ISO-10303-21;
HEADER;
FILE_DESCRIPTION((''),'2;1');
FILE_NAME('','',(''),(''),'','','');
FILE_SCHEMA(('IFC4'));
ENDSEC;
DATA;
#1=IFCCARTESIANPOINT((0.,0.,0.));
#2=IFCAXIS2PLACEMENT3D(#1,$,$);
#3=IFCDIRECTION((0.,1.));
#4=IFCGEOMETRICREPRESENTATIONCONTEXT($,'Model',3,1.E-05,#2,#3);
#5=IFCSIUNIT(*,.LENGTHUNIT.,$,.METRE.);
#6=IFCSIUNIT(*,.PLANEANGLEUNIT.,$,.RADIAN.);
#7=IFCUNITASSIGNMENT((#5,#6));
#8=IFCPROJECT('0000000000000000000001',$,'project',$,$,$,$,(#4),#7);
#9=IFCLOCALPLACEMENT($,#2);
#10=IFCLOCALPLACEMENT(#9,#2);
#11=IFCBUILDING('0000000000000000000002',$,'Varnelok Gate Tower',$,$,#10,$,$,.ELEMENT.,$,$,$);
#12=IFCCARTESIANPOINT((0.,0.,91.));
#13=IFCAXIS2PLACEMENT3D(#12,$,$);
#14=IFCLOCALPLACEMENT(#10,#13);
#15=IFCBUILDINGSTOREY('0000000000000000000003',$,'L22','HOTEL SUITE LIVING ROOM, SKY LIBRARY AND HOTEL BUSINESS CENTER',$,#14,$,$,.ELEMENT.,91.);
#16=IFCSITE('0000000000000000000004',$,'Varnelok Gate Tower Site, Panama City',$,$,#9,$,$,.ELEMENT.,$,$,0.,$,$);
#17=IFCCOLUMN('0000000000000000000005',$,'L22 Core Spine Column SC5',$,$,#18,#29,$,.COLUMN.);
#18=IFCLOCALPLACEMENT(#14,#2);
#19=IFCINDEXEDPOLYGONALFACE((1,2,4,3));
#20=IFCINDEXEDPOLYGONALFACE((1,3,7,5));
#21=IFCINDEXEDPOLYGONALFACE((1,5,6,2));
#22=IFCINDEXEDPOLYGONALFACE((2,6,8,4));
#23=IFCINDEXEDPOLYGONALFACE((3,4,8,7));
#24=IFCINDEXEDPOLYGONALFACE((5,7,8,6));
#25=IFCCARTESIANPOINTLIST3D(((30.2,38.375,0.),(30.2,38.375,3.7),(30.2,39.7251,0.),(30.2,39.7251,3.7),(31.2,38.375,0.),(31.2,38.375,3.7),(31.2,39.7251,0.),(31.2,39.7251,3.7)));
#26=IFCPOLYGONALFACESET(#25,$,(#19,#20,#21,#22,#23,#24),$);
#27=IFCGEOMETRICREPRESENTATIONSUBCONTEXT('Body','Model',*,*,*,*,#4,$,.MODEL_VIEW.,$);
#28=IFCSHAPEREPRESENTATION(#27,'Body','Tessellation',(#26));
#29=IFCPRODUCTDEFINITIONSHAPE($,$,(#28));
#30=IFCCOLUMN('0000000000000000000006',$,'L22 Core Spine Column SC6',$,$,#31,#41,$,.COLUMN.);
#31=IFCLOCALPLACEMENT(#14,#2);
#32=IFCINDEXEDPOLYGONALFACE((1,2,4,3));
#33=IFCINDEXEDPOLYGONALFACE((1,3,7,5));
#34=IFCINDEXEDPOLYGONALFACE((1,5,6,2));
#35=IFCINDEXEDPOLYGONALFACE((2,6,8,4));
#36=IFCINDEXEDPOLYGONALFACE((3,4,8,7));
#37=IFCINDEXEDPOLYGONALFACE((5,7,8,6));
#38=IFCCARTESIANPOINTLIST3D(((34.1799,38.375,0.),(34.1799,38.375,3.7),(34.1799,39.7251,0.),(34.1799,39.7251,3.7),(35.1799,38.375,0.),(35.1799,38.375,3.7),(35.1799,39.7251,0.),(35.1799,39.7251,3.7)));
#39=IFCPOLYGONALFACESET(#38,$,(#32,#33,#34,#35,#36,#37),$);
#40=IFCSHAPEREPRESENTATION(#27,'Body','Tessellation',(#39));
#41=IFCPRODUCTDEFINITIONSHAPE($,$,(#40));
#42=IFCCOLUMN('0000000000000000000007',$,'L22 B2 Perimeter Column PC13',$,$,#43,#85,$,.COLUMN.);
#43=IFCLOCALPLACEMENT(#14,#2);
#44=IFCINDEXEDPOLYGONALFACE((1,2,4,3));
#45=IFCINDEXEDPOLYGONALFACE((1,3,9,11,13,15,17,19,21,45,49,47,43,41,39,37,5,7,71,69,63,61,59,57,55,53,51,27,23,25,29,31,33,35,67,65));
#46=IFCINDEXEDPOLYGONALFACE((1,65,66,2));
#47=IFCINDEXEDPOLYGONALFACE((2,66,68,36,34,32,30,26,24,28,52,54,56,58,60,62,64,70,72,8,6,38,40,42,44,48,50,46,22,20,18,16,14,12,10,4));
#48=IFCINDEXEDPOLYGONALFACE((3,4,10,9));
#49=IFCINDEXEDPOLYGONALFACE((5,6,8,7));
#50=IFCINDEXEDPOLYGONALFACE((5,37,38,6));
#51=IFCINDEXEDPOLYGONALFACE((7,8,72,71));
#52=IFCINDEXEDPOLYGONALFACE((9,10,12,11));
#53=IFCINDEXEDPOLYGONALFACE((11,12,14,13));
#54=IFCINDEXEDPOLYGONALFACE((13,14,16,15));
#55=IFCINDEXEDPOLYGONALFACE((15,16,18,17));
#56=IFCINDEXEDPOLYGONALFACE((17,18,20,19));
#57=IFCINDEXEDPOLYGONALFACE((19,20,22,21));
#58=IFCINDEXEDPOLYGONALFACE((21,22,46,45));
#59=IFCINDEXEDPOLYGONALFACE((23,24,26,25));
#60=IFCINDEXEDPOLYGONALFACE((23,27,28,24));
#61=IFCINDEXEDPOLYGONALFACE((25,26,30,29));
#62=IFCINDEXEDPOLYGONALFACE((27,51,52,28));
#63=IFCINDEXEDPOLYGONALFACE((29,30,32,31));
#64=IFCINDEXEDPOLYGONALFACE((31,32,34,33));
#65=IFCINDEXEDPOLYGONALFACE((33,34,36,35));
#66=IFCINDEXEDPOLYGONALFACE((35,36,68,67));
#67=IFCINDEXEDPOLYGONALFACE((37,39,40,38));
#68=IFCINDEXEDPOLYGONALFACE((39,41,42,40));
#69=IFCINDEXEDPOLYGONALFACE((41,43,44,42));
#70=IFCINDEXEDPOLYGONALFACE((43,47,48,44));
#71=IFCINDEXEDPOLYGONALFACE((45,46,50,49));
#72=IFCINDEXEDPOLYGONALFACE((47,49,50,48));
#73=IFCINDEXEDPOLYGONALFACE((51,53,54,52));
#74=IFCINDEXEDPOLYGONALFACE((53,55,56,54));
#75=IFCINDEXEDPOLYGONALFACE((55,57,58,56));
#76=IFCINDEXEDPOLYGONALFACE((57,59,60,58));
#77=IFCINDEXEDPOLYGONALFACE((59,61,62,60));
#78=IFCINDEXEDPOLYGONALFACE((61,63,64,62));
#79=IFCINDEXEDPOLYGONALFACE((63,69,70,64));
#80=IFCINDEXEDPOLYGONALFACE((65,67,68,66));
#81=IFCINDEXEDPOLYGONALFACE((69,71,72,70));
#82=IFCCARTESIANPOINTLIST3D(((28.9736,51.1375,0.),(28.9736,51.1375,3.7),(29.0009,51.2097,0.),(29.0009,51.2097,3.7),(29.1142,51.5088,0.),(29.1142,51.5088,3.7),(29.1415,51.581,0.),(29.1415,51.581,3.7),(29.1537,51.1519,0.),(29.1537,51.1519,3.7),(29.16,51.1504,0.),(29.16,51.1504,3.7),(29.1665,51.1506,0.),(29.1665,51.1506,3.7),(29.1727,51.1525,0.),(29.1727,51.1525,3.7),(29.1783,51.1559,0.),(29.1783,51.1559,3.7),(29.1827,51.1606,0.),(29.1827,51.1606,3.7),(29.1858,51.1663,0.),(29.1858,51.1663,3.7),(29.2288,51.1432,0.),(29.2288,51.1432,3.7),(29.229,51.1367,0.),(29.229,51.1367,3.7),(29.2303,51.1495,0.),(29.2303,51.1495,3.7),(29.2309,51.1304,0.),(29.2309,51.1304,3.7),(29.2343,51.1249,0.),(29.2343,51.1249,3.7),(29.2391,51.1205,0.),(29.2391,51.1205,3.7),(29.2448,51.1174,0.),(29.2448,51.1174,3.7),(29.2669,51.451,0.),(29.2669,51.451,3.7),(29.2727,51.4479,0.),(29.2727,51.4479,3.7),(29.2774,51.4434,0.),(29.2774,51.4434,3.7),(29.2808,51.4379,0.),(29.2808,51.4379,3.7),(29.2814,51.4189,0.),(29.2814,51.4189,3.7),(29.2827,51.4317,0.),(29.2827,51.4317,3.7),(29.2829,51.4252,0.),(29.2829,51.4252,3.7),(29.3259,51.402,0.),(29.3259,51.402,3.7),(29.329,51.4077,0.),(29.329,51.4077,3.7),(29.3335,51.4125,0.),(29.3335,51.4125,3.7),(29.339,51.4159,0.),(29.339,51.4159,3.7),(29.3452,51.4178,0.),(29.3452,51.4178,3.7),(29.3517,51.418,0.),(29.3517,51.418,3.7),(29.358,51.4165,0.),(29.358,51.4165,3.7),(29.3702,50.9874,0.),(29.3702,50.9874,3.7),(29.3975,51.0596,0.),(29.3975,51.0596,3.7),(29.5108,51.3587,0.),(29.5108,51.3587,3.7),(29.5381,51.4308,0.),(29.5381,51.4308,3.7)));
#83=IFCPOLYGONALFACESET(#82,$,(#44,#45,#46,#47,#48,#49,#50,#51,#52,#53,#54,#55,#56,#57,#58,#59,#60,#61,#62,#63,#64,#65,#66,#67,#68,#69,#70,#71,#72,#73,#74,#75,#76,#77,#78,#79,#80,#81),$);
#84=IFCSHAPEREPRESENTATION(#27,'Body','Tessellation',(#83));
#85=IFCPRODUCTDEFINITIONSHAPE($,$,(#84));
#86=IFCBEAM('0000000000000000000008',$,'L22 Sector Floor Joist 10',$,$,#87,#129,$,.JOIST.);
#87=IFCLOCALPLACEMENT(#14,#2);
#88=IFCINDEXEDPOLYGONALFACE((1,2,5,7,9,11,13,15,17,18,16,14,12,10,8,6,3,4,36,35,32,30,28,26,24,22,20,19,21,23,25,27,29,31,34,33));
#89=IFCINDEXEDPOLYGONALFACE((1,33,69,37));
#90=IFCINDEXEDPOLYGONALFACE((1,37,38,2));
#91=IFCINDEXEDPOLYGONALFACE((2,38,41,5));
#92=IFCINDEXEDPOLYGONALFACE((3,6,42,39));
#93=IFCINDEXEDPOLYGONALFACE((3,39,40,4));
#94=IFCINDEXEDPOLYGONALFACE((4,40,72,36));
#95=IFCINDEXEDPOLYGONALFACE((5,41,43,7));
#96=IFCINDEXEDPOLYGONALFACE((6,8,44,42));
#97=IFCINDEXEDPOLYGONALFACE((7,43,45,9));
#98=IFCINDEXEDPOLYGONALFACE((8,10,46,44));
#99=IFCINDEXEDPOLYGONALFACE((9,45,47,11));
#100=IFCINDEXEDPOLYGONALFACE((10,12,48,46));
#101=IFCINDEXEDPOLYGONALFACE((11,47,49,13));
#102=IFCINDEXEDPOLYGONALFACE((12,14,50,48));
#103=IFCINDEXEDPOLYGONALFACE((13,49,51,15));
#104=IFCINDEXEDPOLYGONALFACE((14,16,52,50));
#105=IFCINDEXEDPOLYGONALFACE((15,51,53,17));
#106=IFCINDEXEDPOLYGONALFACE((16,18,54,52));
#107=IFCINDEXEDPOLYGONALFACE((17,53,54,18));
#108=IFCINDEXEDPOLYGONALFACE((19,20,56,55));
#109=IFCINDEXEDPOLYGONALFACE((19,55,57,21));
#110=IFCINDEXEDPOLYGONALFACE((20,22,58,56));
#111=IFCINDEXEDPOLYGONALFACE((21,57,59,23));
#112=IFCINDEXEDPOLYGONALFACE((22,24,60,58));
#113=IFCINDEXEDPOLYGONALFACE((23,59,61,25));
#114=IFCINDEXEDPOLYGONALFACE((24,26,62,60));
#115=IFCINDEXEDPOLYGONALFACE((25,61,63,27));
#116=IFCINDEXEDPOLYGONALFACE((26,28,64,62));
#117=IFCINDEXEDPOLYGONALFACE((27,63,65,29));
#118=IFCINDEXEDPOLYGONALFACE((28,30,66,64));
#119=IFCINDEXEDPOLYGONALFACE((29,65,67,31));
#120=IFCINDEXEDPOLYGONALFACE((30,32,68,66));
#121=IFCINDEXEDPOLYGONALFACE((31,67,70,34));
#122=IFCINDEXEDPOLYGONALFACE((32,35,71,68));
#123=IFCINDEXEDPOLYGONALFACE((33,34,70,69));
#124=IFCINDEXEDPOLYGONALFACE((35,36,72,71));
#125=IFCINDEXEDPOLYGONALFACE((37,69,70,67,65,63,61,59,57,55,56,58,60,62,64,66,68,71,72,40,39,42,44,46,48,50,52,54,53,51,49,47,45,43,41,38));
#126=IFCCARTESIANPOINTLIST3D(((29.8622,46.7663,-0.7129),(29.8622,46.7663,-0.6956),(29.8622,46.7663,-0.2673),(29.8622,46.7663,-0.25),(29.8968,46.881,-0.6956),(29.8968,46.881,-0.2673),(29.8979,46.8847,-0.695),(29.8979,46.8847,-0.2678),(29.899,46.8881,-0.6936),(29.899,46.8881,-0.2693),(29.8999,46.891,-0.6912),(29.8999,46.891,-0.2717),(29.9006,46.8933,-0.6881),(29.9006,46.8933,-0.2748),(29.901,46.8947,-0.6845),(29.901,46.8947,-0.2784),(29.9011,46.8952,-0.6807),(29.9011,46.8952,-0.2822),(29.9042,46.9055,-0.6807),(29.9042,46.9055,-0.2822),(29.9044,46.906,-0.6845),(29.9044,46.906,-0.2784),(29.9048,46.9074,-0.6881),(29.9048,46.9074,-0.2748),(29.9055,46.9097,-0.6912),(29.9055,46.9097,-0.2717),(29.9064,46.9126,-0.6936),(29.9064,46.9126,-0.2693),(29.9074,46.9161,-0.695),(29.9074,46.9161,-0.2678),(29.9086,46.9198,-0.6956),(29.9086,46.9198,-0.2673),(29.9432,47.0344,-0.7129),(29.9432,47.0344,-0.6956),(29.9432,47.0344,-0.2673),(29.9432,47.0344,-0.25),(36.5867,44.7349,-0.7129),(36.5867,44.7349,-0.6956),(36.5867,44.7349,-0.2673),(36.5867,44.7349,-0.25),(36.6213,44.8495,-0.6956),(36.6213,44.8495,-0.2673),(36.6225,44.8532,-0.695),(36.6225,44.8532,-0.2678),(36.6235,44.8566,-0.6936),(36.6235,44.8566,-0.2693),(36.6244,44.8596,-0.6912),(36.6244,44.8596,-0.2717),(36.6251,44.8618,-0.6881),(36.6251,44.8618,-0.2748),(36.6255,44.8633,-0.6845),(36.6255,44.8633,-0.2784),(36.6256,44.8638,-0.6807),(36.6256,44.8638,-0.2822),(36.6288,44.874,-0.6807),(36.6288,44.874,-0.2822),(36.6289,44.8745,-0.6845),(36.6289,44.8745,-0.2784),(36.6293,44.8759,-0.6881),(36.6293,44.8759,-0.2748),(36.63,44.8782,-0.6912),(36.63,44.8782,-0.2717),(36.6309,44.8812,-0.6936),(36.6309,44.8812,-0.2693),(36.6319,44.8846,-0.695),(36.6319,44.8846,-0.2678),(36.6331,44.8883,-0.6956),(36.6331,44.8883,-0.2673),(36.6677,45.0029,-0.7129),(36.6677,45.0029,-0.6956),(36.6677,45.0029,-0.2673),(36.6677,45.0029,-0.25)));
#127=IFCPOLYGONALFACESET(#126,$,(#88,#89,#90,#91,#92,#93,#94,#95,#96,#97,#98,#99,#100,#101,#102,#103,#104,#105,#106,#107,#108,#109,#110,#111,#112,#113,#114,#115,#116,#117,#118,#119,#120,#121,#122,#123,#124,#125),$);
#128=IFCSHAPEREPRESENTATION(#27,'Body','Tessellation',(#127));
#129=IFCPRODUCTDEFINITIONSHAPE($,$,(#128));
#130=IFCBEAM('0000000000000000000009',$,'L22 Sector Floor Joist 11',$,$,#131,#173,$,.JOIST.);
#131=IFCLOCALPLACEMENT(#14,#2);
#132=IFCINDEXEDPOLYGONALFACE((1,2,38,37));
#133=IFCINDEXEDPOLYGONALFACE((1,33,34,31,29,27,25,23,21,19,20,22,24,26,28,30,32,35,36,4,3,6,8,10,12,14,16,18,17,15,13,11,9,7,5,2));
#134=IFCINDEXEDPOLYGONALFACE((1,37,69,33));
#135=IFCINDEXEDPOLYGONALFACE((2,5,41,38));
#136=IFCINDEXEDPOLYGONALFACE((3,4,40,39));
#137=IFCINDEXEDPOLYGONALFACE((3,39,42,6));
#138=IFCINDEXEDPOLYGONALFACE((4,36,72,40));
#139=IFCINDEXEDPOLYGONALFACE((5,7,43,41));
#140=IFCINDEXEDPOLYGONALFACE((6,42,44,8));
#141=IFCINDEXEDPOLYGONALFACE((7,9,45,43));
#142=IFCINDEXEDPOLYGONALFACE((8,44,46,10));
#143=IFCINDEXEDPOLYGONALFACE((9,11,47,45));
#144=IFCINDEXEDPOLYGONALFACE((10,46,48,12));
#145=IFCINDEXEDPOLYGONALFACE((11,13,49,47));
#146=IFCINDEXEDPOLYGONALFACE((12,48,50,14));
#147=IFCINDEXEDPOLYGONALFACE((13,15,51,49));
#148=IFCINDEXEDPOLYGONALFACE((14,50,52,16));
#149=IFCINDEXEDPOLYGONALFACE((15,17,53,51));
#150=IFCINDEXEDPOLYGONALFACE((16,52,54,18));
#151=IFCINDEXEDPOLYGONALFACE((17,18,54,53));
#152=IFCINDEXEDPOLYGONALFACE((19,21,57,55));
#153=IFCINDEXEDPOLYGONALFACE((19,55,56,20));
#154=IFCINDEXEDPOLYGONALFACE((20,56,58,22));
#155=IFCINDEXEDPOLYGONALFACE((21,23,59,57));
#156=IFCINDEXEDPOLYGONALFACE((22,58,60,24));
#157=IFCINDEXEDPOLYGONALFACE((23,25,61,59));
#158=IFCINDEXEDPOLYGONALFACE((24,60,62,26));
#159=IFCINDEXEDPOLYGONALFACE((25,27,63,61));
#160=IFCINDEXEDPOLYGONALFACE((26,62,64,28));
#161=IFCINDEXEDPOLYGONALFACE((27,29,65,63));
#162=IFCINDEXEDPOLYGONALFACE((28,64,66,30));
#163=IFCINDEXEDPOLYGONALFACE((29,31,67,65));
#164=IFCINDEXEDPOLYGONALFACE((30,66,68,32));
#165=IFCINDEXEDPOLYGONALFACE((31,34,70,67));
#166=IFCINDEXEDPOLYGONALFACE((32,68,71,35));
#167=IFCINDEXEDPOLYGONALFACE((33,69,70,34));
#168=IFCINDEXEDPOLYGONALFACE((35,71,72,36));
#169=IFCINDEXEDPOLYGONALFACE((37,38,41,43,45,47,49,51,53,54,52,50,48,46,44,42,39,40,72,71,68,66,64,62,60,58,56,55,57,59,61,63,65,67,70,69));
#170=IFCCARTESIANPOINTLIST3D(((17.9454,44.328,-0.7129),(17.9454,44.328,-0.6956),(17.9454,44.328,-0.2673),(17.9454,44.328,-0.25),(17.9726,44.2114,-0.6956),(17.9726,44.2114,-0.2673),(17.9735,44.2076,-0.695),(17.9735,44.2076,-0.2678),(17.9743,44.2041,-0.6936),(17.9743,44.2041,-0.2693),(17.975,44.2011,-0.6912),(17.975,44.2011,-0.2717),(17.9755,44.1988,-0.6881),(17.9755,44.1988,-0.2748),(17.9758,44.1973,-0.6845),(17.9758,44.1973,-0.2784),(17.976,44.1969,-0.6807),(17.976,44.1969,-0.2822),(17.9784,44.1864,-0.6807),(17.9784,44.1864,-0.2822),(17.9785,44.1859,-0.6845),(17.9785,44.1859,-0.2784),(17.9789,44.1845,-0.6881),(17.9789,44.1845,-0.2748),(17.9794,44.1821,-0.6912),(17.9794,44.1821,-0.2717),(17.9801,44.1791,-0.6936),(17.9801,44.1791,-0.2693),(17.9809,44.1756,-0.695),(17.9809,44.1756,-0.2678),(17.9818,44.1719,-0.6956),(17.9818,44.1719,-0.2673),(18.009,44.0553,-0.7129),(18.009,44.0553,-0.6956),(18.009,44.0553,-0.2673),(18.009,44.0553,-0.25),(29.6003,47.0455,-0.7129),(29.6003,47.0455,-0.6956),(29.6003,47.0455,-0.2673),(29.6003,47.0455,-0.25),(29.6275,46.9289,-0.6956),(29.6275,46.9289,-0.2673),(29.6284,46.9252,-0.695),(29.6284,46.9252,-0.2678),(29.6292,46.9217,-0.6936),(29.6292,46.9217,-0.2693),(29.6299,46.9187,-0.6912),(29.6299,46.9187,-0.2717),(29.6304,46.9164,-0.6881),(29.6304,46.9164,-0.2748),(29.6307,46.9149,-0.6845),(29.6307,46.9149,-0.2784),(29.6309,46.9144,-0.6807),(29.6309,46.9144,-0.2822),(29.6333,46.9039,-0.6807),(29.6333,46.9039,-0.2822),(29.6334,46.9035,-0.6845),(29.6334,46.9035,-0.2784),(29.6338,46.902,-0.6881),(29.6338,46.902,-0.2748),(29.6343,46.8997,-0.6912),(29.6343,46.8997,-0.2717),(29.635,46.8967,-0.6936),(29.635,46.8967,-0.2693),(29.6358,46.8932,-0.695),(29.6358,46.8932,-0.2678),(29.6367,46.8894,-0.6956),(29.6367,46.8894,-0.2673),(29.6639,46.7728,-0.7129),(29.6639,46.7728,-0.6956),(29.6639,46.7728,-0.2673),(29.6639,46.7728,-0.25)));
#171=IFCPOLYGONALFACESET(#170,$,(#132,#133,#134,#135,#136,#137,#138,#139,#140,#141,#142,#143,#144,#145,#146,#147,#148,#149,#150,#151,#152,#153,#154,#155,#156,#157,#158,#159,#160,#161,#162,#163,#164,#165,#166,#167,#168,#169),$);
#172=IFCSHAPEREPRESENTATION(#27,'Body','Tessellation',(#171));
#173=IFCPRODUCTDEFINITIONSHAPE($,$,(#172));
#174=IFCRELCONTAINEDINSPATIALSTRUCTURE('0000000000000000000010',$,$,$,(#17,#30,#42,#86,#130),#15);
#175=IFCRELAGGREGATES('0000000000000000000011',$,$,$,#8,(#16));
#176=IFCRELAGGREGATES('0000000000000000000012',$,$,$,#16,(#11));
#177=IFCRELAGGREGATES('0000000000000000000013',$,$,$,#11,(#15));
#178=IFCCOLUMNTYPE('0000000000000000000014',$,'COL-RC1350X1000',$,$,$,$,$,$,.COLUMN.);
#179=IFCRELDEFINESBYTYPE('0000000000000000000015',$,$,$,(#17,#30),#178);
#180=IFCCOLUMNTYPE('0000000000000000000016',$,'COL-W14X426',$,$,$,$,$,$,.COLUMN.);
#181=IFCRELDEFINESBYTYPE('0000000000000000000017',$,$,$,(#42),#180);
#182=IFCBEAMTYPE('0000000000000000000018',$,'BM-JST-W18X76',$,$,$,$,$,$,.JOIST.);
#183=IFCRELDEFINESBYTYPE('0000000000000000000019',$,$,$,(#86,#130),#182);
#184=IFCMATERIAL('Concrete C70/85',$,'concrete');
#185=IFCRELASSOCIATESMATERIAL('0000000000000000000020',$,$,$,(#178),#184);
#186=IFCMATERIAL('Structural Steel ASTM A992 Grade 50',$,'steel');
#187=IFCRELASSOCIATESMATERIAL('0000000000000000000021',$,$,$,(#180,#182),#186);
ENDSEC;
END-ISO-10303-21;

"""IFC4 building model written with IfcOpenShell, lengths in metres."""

from ifc_helpers import new_model, si_unit, direction, frame, origin, origin_2d, place, context, subcontext, project, spatial, rectangle, i_section, extrude, material, material_profile, profile_set, type_object, element, save


model = new_model("IFC4")

# Units and contexts
model_context = context("Model", 3, precision=1e-05, world=origin(), true_north=direction((0.0, 1.0)))
body_context = subcontext(model_context, "Body", "Model", "MODEL_VIEW")
ifc_project = project(units=[si_unit("LENGTHUNIT", "METRE"), si_unit("PLANEANGLEUNIT", "RADIAN")], contexts=[model_context])

# Site, building, storey
site_placement = place(None, origin())
site = spatial("IfcSite", under=ifc_project, at=site_placement, Name="Varnelok Gate Tower Site, Panama City", CompositionType="ELEMENT", RefElevation=0.0)
building_placement = place(site_placement, origin())
building = spatial("IfcBuilding", under=site, at=building_placement, Name="Varnelok Gate Tower", CompositionType="ELEMENT")
storey_placement = place(building_placement, frame((0.0, 0.0, 91.0)))
storey = spatial("IfcBuildingStorey", under=building, at=storey_placement, Name="L22", Description="HOTEL SUITE LIVING ROOM, SKY LIBRARY AND HOTEL BUSINESS CENTER", CompositionType="ELEMENT", Elevation=91.0)

# Columns
ifc_material_1 = material(Name="Concrete C70/85", Category="concrete")
ifc_material_profile_1 = material_profile(ifc_material_1, rectangle(XDim=1.0, YDim=1.3501, at=origin_2d()), Name="RC1350X1000")
ifc_profile_set_1 = profile_set([ifc_material_profile_1], Name="Concrete C70/85")
column_type_1 = type_object("IfcColumnType", Name="COL-RC1350X1000", PredefinedType="COLUMN", material=ifc_profile_set_1)
for number, where, z_axis, x_axis, name in (
    (1, (30.7, 39.05, 0.0), (0.0, 0.0, 1.0), (1.0, 0.0, 0.0), "L22 Core Spine Column SC5"),
    (2, (34.6799, 39.05, 0.0), (0.0, 0.0, 1.0), (1.0, 0.0, 0.0), "L22 Core Spine Column SC6"),
):
    element("IfcColumn", number, at=place(storey_placement, frame(where, z_axis=z_axis, x_axis=x_axis)), inside=storey, type_object=column_type_1, Name=name, PredefinedType="COLUMN", context=body_context, shape_type="SweptSolid", body=[
        extrude(rectangle(XDim=1.0, YDim=1.3501, at=origin_2d()), origin(), (0.0, 0.0, 1.0), 3.7),
    ])
ifc_material_2 = material(Name="Structural Steel ASTM A992 Grade 50", Category="steel")
ifc_material_profile_2 = material_profile(ifc_material_2, i_section(OverallWidth=0.4241, OverallDepth=0.4741, WebThickness=0.0476, FlangeThickness=0.0771, FilletRadius=0.0249, at=origin_2d()), Name="W14X426")
ifc_profile_set_2 = profile_set([ifc_material_profile_2], Name="Structural Steel ASTM A992 Grade 50")
column_type_2 = type_object("IfcColumnType", Name="COL-W14X426", PredefinedType="COLUMN", material=ifc_profile_set_2)
column_placement = place(storey_placement, frame((29.2559, 51.2842, 0.0), z_axis=(0.0, 0.0, 1.0), x_axis=(0.935222, -0.354063, 0.0)))
element("IfcColumn", 3, at=column_placement, inside=storey, type_object=column_type_2, Name="L22 B2 Perimeter Column PC13", PredefinedType="COLUMN", context=body_context, shape_type="SweptSolid", body=[
    extrude(i_section(OverallWidth=0.4241, OverallDepth=0.4741, WebThickness=0.0476, FlangeThickness=0.0771, FilletRadius=0.0249, at=origin_2d()), origin(), (0.0, 0.0, 1.0), 3.7),
])

# Beams
ifc_material_profile_3 = material_profile(ifc_material_2, i_section(OverallWidth=0.28, OverallDepth=0.4629, WebThickness=0.0107, FlangeThickness=0.0173, FilletRadius=0.0149, at=origin_2d()), Name="W18X76")
ifc_profile_set_3 = profile_set([ifc_material_profile_3], Name="Structural Steel ASTM A992 Grade 50")
beam_type_1 = type_object("IfcBeamType", Name="BM-JST-W18X76", PredefinedType="JOIST", material=ifc_profile_set_3)
beam_1_placement = place(storey_placement, frame((36.6272, 44.8689, -0.4814), z_axis=(-0.957272, 0.28919, 0.0), x_axis=(-0.28919, -0.957272, 0.0)))
element("IfcBeam", 4, at=beam_1_placement, inside=storey, type_object=beam_type_1, Name="L22 Sector Floor Joist 10", PredefinedType="JOIST", context=body_context, shape_type="SweptSolid", body=[
    extrude(i_section(OverallWidth=0.28, OverallDepth=0.4629, WebThickness=0.0107, FlangeThickness=0.0173, FilletRadius=0.0149, at=origin_2d()), origin(), (0.0, 0.0, 1.0), 7.0247),
])
beam_2_placement = place(storey_placement, frame((29.6321, 46.9092, -0.4814), z_axis=(-0.973877, -0.227077, 0.0), x_axis=(0.227077, -0.973877, 0.0)))
element("IfcBeam", 5, at=beam_2_placement, inside=storey, type_object=beam_type_1, Name="L22 Sector Floor Joist 11", PredefinedType="JOIST", context=body_context, shape_type="SweptSolid", body=[
    extrude(i_section(OverallWidth=0.28, OverallDepth=0.4629, WebThickness=0.0107, FlangeThickness=0.0173, FilletRadius=0.0149, at=origin_2d()), origin(), (0.0, 0.0, 1.0), 11.9675),
])

save(model, "model.ifc")
